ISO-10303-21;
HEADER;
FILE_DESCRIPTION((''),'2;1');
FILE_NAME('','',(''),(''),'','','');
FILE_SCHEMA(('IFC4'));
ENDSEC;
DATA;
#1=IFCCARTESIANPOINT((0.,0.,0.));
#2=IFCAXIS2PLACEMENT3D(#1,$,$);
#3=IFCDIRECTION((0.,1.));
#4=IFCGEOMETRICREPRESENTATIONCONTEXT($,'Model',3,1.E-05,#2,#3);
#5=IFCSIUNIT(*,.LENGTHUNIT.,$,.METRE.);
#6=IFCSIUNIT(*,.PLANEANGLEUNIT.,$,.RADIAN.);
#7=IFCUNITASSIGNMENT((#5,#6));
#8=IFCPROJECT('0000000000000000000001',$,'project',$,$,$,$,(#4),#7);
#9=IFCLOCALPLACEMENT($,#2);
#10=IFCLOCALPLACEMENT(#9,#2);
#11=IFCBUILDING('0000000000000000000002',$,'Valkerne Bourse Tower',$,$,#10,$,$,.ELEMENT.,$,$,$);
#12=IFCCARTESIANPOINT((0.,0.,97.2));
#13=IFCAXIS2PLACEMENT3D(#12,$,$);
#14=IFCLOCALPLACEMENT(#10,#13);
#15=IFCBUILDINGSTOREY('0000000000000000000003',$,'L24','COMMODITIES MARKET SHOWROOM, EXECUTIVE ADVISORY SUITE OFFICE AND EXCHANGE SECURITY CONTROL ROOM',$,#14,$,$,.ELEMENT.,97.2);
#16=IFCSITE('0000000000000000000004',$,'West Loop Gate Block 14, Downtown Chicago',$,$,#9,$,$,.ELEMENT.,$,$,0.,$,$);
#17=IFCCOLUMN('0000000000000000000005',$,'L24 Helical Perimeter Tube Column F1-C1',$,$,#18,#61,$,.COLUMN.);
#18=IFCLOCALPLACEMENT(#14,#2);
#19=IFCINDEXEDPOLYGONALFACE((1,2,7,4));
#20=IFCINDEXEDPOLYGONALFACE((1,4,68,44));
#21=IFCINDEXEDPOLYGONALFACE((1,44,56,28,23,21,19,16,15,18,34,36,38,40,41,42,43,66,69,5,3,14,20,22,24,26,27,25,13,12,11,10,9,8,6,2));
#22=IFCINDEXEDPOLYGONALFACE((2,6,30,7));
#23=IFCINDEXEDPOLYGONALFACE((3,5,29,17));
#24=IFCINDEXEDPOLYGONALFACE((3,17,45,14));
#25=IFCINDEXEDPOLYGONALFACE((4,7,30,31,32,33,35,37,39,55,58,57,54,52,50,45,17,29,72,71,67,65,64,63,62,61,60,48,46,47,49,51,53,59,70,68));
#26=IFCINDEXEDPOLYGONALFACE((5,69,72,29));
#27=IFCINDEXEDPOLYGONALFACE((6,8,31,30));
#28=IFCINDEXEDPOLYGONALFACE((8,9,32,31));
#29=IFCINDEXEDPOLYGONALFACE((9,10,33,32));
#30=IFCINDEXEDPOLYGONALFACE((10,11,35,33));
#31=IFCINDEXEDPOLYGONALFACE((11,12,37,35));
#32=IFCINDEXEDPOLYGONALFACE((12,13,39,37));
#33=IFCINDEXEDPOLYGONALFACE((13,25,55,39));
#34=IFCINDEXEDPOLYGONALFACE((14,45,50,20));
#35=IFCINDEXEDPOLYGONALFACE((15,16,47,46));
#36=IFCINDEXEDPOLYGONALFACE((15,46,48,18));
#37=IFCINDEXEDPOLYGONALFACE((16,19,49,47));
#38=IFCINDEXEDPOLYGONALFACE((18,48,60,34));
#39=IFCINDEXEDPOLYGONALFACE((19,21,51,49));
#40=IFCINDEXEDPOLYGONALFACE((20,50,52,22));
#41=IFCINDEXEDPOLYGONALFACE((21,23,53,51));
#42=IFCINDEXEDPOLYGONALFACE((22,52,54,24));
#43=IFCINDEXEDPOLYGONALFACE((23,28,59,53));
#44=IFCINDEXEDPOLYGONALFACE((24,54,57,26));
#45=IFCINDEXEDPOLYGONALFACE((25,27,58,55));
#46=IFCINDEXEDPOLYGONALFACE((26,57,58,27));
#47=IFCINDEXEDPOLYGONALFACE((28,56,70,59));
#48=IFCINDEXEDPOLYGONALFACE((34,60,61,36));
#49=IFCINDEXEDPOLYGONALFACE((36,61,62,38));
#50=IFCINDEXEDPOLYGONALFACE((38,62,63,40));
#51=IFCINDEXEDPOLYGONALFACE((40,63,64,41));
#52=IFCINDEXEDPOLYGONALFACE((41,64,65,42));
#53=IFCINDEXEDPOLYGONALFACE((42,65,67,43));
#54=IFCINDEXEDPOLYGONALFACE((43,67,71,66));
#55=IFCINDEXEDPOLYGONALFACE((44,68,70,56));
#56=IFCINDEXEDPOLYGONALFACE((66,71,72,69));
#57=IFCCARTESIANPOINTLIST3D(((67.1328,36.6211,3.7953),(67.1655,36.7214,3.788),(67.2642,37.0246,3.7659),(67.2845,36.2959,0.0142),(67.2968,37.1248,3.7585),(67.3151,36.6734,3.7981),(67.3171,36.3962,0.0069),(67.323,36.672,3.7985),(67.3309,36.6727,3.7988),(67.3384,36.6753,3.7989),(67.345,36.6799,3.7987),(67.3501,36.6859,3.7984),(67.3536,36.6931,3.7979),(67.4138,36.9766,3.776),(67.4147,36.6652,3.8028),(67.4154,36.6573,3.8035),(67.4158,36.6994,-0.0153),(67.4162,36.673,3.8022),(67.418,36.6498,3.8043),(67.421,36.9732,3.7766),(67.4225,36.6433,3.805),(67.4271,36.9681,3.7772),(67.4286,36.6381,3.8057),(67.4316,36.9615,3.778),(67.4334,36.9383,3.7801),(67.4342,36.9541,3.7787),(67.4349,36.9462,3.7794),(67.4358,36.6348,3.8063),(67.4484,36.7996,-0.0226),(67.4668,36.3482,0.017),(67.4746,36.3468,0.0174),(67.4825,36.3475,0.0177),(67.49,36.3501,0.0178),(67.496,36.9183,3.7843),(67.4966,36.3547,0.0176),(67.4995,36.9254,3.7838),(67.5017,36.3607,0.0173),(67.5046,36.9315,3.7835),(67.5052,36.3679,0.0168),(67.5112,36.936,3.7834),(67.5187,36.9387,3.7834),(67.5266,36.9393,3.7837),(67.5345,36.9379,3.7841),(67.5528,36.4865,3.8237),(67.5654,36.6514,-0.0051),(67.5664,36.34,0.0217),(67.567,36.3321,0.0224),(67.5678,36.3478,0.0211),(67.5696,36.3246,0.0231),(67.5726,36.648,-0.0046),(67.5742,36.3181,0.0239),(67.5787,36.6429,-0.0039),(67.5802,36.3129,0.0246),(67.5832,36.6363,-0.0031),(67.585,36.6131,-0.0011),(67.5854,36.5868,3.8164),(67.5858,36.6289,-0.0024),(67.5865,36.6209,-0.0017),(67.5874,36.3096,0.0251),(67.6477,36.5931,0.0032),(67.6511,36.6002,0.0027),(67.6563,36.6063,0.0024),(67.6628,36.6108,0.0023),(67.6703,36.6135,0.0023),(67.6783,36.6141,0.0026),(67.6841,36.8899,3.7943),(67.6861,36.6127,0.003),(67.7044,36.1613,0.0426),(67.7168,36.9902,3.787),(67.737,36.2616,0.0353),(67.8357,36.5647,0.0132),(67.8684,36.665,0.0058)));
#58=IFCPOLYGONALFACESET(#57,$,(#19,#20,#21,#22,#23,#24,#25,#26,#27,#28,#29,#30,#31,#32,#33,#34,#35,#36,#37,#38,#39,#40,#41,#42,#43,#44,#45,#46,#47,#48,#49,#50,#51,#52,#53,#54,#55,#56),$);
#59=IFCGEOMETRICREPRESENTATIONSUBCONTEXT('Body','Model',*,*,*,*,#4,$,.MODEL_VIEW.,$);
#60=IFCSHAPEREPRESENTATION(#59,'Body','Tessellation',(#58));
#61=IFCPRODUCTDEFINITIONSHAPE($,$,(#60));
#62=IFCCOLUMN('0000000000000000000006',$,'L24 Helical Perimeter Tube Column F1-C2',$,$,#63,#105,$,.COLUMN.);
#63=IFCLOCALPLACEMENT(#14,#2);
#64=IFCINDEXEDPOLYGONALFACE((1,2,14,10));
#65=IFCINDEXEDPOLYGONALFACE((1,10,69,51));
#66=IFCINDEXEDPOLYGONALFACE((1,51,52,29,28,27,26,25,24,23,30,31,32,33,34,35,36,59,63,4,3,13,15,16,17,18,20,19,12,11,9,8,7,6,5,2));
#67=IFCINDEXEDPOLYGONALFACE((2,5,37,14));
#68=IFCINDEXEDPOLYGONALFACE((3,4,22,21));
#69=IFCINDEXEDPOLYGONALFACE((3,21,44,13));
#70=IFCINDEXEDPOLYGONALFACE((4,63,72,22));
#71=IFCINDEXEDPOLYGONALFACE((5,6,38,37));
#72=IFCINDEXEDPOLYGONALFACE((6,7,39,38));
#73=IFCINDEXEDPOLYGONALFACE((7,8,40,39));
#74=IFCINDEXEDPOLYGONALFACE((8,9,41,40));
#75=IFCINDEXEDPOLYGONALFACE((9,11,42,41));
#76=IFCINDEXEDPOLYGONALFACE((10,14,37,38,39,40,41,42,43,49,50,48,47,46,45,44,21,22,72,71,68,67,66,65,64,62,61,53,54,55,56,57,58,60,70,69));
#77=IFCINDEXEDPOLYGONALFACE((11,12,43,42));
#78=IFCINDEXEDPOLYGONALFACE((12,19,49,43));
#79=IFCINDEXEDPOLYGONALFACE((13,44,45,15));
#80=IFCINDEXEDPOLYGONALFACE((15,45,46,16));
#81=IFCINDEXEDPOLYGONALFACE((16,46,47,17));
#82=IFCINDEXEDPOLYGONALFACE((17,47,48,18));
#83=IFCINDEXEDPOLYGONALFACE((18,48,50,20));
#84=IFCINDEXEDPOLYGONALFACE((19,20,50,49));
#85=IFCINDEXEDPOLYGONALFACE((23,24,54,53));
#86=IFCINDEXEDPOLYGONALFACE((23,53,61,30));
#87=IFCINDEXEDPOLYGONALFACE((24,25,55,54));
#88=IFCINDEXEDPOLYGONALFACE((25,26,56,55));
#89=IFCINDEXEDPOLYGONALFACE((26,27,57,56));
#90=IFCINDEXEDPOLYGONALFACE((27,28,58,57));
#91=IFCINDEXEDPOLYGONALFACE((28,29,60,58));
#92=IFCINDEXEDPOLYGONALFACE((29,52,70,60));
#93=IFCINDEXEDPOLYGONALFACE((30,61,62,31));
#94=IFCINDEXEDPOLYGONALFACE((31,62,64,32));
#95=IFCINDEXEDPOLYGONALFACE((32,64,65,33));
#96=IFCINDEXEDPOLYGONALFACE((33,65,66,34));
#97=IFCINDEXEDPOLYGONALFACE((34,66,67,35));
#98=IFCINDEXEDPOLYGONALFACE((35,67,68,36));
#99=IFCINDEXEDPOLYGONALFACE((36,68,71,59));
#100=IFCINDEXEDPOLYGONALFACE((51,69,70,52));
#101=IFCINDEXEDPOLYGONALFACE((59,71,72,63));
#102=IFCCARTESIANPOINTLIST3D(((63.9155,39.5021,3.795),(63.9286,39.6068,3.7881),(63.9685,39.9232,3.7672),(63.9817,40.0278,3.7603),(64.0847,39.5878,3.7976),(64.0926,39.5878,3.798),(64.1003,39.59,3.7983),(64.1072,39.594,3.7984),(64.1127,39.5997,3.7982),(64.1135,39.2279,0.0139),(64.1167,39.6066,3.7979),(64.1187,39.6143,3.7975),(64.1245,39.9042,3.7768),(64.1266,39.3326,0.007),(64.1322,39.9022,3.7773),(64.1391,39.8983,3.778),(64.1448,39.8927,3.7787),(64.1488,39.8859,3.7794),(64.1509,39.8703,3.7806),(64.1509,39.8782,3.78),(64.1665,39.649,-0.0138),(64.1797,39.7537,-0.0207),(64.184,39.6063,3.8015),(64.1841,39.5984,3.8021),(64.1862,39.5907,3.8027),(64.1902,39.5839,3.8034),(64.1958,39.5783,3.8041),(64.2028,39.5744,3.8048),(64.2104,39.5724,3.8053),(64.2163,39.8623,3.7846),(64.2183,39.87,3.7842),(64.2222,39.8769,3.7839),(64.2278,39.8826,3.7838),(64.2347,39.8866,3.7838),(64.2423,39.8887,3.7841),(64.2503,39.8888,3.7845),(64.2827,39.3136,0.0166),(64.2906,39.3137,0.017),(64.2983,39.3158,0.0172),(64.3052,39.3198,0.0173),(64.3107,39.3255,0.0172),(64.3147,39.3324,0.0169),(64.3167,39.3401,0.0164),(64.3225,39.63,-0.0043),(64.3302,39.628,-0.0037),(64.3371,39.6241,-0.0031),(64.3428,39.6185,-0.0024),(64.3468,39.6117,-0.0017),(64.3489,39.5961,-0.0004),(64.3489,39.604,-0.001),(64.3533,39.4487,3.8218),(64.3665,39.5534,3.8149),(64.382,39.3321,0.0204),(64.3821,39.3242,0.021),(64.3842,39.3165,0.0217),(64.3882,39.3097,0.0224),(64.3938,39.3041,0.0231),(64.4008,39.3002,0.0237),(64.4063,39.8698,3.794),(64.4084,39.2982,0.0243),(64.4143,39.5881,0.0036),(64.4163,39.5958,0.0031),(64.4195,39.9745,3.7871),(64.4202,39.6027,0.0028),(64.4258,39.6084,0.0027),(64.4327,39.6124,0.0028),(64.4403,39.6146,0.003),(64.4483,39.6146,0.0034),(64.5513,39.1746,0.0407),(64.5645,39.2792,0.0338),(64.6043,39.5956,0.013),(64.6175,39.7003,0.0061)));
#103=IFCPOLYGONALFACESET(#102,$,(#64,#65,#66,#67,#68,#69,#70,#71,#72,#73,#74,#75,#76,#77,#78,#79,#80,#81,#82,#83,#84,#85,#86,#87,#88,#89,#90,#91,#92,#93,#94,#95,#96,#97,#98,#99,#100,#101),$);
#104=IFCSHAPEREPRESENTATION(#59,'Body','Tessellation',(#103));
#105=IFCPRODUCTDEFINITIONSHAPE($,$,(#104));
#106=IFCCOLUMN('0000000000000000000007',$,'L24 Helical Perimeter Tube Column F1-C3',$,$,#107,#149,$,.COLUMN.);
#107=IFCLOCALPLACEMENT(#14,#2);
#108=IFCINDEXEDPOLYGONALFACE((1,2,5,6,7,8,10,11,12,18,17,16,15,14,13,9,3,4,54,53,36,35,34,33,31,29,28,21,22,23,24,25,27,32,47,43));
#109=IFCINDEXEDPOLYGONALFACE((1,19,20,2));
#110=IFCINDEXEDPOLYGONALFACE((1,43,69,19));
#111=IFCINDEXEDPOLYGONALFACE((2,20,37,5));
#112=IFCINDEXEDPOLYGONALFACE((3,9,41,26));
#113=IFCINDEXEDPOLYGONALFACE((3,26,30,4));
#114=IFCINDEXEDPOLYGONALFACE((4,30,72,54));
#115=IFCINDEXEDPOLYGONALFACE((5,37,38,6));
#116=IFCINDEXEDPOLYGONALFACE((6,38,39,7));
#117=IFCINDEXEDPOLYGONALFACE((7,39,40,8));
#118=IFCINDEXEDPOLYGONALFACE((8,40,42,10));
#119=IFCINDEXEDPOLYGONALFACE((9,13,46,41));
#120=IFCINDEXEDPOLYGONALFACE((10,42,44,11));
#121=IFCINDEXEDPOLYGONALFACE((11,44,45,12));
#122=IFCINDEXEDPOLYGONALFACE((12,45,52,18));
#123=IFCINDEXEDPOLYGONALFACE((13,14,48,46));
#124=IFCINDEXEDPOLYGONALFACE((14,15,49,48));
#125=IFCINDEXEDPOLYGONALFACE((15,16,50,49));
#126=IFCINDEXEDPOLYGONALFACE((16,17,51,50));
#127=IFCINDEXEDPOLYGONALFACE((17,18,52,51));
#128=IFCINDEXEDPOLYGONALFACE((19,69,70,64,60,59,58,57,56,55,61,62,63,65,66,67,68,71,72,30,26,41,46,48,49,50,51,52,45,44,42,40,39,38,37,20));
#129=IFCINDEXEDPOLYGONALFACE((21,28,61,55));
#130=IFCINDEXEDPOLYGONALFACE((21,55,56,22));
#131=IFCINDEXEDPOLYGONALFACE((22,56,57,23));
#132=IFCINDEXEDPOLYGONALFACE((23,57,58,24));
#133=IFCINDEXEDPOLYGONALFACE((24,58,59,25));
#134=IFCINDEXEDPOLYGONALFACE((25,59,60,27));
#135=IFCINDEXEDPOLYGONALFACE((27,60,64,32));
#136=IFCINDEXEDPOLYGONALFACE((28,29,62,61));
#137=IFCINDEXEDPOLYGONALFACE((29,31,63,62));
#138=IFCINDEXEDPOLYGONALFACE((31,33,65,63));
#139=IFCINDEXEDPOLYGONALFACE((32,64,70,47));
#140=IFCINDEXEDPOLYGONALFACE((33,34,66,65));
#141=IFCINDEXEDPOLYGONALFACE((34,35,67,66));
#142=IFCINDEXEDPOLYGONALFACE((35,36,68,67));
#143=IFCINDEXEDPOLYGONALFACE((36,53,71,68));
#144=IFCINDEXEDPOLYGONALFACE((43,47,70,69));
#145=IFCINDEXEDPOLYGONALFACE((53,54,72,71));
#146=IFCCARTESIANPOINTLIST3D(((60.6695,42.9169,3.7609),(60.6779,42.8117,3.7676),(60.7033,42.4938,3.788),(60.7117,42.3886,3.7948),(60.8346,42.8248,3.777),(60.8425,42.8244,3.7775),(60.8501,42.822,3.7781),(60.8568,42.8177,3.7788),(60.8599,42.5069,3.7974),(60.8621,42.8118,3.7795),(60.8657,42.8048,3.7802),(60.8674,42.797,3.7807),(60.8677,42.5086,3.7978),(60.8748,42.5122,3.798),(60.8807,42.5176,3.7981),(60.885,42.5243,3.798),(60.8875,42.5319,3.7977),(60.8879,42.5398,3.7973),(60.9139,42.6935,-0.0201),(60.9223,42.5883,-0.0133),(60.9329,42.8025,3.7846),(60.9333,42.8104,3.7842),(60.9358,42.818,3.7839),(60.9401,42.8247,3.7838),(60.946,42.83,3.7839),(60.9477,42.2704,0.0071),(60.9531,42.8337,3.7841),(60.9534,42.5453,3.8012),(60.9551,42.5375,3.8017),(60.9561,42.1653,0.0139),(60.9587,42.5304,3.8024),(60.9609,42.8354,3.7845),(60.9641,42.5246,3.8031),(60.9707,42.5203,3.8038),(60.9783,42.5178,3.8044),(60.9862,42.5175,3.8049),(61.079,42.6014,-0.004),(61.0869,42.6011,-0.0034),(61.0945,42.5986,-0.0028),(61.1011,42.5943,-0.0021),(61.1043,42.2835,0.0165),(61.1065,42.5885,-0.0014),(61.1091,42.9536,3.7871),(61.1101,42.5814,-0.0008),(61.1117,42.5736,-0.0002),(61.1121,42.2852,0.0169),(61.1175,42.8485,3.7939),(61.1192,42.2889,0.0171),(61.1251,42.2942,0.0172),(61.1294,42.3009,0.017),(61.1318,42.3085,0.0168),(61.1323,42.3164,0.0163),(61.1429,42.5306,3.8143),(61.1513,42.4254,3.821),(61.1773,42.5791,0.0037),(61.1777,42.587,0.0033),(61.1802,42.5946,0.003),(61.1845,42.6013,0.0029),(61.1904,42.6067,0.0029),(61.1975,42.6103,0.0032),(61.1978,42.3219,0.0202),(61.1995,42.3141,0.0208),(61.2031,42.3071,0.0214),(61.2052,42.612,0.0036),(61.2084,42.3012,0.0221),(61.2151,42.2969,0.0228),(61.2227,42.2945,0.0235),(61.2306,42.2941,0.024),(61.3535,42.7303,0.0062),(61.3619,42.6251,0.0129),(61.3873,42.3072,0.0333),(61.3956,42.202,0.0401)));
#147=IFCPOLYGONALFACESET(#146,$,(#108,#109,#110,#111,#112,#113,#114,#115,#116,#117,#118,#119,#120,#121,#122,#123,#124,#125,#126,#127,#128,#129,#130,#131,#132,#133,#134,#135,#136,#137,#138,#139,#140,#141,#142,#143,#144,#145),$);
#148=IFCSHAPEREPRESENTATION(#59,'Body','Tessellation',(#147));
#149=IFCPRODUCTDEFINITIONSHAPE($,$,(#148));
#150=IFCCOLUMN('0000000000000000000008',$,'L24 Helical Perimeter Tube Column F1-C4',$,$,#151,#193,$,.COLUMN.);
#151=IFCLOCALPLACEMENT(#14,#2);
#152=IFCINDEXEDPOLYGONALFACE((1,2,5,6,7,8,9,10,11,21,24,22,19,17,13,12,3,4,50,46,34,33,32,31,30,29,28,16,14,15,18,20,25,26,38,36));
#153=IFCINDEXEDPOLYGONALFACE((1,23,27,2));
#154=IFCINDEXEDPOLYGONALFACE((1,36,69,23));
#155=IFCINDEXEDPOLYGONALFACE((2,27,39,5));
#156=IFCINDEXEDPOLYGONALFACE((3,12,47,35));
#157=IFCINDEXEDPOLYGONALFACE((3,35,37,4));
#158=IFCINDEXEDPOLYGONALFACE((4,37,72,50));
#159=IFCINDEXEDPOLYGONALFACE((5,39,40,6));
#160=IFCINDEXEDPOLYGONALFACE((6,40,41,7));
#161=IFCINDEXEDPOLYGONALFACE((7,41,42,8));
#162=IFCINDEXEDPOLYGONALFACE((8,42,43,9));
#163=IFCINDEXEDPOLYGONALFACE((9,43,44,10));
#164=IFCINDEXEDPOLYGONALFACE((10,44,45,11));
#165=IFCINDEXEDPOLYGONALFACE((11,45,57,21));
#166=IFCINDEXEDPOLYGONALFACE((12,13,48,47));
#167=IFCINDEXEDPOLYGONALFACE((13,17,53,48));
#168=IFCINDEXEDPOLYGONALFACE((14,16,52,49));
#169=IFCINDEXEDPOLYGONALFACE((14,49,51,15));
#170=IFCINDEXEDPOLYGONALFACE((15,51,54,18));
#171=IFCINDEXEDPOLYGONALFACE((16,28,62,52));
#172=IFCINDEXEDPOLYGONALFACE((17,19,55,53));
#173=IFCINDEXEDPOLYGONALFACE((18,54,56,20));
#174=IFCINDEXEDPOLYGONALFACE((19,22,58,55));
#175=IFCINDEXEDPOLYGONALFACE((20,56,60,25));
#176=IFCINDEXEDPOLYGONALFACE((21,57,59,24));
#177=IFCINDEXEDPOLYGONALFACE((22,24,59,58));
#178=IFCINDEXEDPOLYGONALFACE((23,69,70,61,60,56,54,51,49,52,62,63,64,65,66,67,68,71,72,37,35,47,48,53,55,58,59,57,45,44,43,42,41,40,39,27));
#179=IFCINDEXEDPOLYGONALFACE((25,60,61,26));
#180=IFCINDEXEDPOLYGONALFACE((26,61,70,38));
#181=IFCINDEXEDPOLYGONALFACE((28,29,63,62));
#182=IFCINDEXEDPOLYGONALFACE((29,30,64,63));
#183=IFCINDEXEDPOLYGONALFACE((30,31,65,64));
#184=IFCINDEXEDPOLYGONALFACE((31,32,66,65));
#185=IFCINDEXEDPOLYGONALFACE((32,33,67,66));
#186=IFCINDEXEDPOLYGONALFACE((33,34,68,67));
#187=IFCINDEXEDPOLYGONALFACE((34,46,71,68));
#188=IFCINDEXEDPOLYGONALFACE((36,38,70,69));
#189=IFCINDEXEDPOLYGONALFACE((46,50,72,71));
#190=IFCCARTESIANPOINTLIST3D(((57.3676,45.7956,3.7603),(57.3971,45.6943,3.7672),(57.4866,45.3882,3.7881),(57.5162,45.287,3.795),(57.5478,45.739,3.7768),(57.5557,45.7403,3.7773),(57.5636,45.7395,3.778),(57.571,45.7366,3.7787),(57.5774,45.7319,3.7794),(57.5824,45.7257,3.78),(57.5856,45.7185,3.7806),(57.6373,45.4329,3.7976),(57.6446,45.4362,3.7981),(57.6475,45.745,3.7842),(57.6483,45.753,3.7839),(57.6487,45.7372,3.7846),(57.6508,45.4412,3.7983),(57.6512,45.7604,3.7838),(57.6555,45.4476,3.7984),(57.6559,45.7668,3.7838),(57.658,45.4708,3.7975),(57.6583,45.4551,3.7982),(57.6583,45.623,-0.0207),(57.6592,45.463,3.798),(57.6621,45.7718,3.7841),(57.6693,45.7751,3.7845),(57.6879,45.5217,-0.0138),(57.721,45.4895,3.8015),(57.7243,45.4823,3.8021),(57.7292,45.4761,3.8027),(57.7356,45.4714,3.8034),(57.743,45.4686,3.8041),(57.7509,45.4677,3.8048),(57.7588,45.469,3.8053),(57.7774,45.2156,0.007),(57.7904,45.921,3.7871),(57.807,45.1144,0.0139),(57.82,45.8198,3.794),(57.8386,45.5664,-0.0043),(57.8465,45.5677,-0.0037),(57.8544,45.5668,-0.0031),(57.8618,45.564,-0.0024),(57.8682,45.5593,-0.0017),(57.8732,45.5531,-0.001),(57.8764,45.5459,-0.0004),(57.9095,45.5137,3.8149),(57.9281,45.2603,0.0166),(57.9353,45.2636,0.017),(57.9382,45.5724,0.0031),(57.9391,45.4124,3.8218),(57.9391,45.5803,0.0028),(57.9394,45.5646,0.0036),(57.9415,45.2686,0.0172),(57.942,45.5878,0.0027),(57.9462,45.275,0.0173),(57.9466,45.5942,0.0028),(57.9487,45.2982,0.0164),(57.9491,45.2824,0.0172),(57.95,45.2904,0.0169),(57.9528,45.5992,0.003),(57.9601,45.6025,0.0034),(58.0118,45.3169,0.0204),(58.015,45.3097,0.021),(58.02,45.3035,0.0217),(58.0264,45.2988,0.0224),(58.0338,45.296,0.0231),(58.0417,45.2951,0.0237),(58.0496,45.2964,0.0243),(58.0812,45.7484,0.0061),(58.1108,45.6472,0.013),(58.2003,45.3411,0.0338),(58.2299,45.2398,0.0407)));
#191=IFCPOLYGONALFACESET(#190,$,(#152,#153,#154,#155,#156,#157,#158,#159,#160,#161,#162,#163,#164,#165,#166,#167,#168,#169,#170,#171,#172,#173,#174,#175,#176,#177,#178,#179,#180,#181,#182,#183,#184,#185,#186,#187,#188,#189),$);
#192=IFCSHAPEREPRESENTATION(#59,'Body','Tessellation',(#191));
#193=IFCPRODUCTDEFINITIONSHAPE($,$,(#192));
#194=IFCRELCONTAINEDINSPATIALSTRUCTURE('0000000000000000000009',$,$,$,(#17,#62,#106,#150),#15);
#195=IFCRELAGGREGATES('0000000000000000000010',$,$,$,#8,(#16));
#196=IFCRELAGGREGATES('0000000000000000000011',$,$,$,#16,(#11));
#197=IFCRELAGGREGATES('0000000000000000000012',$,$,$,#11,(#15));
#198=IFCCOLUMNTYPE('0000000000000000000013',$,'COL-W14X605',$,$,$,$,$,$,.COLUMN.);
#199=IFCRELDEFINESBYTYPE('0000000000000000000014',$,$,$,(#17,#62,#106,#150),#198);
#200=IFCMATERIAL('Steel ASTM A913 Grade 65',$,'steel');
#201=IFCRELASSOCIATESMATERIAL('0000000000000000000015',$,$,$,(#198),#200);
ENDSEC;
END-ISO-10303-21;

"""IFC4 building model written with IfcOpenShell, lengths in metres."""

from ifc_helpers import new_model, si_unit, direction, frame, origin, origin_2d, place, context, subcontext, project, spatial, i_section, extrude, material, material_profile, profile_set, type_object, element, save


model = new_model("IFC4")

# Units and contexts
model_context = context("Model", 3, precision=1e-05, world=origin(), true_north=direction((0.0, 1.0)))
body_context = subcontext(model_context, "Body", "Model", "MODEL_VIEW")
ifc_project = project(units=[si_unit("LENGTHUNIT", "METRE"), si_unit("PLANEANGLEUNIT", "RADIAN")], contexts=[model_context])

# Site, building, storey
site_placement = place(None, origin())
site = spatial("IfcSite", under=ifc_project, at=site_placement, Name="West Loop Gate Block 14, Downtown Chicago", CompositionType="ELEMENT", RefElevation=0.0)
building_placement = place(site_placement, origin())
building = spatial("IfcBuilding", under=site, at=building_placement, Name="Valkerne Bourse Tower", CompositionType="ELEMENT")
storey_placement = place(building_placement, frame((0.0, 0.0, 97.2)))
storey = spatial("IfcBuildingStorey", under=building, at=storey_placement, Name="L24", Description="COMMODITIES MARKET SHOWROOM, EXECUTIVE ADVISORY SUITE OFFICE AND EXCHANGE SECURITY CONTROL ROOM", CompositionType="ELEMENT", Elevation=97.2)

# Columns
ifc_material_1 = material(Name="Steel ASTM A913 Grade 65", Category="steel")
ifc_material_profile_1 = material_profile(ifc_material_1, i_section(OverallWidth=0.4419, OverallDepth=0.531, WebThickness=0.0659, FlangeThickness=0.1057, FilletRadius=0.0305, at=origin_2d()), Name="W14X605")
ifc_profile_set_1 = profile_set([ifc_material_profile_1], Name="Steel ASTM A913 Grade 65")
column_type = type_object("IfcColumnType", Name="COL-W14X605", PredefinedType="COLUMN", material=ifc_profile_set_1)
column_1_placement = place(storey_placement, frame((67.5764, 36.4805, 0.01), z_axis=(-0.039919, 0.085623, 0.995528), x_axis=(0.950285, -0.304669, 0.064308)))
element("IfcColumn", 1, at=column_1_placement, inside=storey, type_object=column_type, Name="L24 Helical Perimeter Tube Column F1-C1", PredefinedType="COLUMN", context=body_context, shape_type="SweptSolid", body=[
    extrude(i_section(OverallWidth=0.4419, OverallDepth=0.531, WebThickness=0.0659, FlangeThickness=0.1057, FilletRadius=0.0305, at=origin_2d()), origin(), (0.0, 0.0, 1.0), 3.7981),
])
column_2_placement = place(storey_placement, frame((64.3655, 39.4641, 0.01), z_axis=(-0.052158, 0.072224, 0.996024), x_axis=(0.990824, -0.120787, 0.060645)))
element("IfcColumn", 2, at=column_2_placement, inside=storey, type_object=column_type, Name="L24 Helical Perimeter Tube Column F1-C2", PredefinedType="COLUMN", context=body_context, shape_type="SweptSolid", body=[
    extrude(i_section(OverallWidth=0.4419, OverallDepth=0.531, WebThickness=0.0659, FlangeThickness=0.1057, FilletRadius=0.0305, at=origin_2d()), origin(), (0.0, 0.0, 1.0), 3.7961),
])
column_3_placement = place(storey_placement, frame((61.1548, 42.4478, 0.01), z_axis=(-0.064388, 0.058857, 0.996188), x_axis=(0.994765, 0.083168, 0.059383)))
element("IfcColumn", 3, at=column_3_placement, inside=storey, type_object=column_type, Name="L24 Helical Perimeter Tube Column F1-C3", PredefinedType="COLUMN", context=body_context, shape_type="SweptSolid", body=[
    extrude(i_section(OverallWidth=0.4419, OverallDepth=0.531, WebThickness=0.0659, FlangeThickness=0.1057, FilletRadius=0.0305, at=origin_2d()), origin(), (0.0, 0.0, 1.0), 3.7954),
])
column_4_placement = place(storey_placement, frame((57.9441, 45.4314, 0.01), z_axis=(-0.076598, 0.04547, 0.996025), x_axis=(0.956958, 0.28382, 0.060636)))
element("IfcColumn", 4, at=column_4_placement, inside=storey, type_object=column_type, Name="L24 Helical Perimeter Tube Column F1-C4", PredefinedType="COLUMN", context=body_context, shape_type="SweptSolid", body=[
    extrude(i_section(OverallWidth=0.4419, OverallDepth=0.531, WebThickness=0.0659, FlangeThickness=0.1057, FilletRadius=0.0305, at=origin_2d()), origin(), (0.0, 0.0, 1.0), 3.7961),
])

save(model, "model.ifc")
